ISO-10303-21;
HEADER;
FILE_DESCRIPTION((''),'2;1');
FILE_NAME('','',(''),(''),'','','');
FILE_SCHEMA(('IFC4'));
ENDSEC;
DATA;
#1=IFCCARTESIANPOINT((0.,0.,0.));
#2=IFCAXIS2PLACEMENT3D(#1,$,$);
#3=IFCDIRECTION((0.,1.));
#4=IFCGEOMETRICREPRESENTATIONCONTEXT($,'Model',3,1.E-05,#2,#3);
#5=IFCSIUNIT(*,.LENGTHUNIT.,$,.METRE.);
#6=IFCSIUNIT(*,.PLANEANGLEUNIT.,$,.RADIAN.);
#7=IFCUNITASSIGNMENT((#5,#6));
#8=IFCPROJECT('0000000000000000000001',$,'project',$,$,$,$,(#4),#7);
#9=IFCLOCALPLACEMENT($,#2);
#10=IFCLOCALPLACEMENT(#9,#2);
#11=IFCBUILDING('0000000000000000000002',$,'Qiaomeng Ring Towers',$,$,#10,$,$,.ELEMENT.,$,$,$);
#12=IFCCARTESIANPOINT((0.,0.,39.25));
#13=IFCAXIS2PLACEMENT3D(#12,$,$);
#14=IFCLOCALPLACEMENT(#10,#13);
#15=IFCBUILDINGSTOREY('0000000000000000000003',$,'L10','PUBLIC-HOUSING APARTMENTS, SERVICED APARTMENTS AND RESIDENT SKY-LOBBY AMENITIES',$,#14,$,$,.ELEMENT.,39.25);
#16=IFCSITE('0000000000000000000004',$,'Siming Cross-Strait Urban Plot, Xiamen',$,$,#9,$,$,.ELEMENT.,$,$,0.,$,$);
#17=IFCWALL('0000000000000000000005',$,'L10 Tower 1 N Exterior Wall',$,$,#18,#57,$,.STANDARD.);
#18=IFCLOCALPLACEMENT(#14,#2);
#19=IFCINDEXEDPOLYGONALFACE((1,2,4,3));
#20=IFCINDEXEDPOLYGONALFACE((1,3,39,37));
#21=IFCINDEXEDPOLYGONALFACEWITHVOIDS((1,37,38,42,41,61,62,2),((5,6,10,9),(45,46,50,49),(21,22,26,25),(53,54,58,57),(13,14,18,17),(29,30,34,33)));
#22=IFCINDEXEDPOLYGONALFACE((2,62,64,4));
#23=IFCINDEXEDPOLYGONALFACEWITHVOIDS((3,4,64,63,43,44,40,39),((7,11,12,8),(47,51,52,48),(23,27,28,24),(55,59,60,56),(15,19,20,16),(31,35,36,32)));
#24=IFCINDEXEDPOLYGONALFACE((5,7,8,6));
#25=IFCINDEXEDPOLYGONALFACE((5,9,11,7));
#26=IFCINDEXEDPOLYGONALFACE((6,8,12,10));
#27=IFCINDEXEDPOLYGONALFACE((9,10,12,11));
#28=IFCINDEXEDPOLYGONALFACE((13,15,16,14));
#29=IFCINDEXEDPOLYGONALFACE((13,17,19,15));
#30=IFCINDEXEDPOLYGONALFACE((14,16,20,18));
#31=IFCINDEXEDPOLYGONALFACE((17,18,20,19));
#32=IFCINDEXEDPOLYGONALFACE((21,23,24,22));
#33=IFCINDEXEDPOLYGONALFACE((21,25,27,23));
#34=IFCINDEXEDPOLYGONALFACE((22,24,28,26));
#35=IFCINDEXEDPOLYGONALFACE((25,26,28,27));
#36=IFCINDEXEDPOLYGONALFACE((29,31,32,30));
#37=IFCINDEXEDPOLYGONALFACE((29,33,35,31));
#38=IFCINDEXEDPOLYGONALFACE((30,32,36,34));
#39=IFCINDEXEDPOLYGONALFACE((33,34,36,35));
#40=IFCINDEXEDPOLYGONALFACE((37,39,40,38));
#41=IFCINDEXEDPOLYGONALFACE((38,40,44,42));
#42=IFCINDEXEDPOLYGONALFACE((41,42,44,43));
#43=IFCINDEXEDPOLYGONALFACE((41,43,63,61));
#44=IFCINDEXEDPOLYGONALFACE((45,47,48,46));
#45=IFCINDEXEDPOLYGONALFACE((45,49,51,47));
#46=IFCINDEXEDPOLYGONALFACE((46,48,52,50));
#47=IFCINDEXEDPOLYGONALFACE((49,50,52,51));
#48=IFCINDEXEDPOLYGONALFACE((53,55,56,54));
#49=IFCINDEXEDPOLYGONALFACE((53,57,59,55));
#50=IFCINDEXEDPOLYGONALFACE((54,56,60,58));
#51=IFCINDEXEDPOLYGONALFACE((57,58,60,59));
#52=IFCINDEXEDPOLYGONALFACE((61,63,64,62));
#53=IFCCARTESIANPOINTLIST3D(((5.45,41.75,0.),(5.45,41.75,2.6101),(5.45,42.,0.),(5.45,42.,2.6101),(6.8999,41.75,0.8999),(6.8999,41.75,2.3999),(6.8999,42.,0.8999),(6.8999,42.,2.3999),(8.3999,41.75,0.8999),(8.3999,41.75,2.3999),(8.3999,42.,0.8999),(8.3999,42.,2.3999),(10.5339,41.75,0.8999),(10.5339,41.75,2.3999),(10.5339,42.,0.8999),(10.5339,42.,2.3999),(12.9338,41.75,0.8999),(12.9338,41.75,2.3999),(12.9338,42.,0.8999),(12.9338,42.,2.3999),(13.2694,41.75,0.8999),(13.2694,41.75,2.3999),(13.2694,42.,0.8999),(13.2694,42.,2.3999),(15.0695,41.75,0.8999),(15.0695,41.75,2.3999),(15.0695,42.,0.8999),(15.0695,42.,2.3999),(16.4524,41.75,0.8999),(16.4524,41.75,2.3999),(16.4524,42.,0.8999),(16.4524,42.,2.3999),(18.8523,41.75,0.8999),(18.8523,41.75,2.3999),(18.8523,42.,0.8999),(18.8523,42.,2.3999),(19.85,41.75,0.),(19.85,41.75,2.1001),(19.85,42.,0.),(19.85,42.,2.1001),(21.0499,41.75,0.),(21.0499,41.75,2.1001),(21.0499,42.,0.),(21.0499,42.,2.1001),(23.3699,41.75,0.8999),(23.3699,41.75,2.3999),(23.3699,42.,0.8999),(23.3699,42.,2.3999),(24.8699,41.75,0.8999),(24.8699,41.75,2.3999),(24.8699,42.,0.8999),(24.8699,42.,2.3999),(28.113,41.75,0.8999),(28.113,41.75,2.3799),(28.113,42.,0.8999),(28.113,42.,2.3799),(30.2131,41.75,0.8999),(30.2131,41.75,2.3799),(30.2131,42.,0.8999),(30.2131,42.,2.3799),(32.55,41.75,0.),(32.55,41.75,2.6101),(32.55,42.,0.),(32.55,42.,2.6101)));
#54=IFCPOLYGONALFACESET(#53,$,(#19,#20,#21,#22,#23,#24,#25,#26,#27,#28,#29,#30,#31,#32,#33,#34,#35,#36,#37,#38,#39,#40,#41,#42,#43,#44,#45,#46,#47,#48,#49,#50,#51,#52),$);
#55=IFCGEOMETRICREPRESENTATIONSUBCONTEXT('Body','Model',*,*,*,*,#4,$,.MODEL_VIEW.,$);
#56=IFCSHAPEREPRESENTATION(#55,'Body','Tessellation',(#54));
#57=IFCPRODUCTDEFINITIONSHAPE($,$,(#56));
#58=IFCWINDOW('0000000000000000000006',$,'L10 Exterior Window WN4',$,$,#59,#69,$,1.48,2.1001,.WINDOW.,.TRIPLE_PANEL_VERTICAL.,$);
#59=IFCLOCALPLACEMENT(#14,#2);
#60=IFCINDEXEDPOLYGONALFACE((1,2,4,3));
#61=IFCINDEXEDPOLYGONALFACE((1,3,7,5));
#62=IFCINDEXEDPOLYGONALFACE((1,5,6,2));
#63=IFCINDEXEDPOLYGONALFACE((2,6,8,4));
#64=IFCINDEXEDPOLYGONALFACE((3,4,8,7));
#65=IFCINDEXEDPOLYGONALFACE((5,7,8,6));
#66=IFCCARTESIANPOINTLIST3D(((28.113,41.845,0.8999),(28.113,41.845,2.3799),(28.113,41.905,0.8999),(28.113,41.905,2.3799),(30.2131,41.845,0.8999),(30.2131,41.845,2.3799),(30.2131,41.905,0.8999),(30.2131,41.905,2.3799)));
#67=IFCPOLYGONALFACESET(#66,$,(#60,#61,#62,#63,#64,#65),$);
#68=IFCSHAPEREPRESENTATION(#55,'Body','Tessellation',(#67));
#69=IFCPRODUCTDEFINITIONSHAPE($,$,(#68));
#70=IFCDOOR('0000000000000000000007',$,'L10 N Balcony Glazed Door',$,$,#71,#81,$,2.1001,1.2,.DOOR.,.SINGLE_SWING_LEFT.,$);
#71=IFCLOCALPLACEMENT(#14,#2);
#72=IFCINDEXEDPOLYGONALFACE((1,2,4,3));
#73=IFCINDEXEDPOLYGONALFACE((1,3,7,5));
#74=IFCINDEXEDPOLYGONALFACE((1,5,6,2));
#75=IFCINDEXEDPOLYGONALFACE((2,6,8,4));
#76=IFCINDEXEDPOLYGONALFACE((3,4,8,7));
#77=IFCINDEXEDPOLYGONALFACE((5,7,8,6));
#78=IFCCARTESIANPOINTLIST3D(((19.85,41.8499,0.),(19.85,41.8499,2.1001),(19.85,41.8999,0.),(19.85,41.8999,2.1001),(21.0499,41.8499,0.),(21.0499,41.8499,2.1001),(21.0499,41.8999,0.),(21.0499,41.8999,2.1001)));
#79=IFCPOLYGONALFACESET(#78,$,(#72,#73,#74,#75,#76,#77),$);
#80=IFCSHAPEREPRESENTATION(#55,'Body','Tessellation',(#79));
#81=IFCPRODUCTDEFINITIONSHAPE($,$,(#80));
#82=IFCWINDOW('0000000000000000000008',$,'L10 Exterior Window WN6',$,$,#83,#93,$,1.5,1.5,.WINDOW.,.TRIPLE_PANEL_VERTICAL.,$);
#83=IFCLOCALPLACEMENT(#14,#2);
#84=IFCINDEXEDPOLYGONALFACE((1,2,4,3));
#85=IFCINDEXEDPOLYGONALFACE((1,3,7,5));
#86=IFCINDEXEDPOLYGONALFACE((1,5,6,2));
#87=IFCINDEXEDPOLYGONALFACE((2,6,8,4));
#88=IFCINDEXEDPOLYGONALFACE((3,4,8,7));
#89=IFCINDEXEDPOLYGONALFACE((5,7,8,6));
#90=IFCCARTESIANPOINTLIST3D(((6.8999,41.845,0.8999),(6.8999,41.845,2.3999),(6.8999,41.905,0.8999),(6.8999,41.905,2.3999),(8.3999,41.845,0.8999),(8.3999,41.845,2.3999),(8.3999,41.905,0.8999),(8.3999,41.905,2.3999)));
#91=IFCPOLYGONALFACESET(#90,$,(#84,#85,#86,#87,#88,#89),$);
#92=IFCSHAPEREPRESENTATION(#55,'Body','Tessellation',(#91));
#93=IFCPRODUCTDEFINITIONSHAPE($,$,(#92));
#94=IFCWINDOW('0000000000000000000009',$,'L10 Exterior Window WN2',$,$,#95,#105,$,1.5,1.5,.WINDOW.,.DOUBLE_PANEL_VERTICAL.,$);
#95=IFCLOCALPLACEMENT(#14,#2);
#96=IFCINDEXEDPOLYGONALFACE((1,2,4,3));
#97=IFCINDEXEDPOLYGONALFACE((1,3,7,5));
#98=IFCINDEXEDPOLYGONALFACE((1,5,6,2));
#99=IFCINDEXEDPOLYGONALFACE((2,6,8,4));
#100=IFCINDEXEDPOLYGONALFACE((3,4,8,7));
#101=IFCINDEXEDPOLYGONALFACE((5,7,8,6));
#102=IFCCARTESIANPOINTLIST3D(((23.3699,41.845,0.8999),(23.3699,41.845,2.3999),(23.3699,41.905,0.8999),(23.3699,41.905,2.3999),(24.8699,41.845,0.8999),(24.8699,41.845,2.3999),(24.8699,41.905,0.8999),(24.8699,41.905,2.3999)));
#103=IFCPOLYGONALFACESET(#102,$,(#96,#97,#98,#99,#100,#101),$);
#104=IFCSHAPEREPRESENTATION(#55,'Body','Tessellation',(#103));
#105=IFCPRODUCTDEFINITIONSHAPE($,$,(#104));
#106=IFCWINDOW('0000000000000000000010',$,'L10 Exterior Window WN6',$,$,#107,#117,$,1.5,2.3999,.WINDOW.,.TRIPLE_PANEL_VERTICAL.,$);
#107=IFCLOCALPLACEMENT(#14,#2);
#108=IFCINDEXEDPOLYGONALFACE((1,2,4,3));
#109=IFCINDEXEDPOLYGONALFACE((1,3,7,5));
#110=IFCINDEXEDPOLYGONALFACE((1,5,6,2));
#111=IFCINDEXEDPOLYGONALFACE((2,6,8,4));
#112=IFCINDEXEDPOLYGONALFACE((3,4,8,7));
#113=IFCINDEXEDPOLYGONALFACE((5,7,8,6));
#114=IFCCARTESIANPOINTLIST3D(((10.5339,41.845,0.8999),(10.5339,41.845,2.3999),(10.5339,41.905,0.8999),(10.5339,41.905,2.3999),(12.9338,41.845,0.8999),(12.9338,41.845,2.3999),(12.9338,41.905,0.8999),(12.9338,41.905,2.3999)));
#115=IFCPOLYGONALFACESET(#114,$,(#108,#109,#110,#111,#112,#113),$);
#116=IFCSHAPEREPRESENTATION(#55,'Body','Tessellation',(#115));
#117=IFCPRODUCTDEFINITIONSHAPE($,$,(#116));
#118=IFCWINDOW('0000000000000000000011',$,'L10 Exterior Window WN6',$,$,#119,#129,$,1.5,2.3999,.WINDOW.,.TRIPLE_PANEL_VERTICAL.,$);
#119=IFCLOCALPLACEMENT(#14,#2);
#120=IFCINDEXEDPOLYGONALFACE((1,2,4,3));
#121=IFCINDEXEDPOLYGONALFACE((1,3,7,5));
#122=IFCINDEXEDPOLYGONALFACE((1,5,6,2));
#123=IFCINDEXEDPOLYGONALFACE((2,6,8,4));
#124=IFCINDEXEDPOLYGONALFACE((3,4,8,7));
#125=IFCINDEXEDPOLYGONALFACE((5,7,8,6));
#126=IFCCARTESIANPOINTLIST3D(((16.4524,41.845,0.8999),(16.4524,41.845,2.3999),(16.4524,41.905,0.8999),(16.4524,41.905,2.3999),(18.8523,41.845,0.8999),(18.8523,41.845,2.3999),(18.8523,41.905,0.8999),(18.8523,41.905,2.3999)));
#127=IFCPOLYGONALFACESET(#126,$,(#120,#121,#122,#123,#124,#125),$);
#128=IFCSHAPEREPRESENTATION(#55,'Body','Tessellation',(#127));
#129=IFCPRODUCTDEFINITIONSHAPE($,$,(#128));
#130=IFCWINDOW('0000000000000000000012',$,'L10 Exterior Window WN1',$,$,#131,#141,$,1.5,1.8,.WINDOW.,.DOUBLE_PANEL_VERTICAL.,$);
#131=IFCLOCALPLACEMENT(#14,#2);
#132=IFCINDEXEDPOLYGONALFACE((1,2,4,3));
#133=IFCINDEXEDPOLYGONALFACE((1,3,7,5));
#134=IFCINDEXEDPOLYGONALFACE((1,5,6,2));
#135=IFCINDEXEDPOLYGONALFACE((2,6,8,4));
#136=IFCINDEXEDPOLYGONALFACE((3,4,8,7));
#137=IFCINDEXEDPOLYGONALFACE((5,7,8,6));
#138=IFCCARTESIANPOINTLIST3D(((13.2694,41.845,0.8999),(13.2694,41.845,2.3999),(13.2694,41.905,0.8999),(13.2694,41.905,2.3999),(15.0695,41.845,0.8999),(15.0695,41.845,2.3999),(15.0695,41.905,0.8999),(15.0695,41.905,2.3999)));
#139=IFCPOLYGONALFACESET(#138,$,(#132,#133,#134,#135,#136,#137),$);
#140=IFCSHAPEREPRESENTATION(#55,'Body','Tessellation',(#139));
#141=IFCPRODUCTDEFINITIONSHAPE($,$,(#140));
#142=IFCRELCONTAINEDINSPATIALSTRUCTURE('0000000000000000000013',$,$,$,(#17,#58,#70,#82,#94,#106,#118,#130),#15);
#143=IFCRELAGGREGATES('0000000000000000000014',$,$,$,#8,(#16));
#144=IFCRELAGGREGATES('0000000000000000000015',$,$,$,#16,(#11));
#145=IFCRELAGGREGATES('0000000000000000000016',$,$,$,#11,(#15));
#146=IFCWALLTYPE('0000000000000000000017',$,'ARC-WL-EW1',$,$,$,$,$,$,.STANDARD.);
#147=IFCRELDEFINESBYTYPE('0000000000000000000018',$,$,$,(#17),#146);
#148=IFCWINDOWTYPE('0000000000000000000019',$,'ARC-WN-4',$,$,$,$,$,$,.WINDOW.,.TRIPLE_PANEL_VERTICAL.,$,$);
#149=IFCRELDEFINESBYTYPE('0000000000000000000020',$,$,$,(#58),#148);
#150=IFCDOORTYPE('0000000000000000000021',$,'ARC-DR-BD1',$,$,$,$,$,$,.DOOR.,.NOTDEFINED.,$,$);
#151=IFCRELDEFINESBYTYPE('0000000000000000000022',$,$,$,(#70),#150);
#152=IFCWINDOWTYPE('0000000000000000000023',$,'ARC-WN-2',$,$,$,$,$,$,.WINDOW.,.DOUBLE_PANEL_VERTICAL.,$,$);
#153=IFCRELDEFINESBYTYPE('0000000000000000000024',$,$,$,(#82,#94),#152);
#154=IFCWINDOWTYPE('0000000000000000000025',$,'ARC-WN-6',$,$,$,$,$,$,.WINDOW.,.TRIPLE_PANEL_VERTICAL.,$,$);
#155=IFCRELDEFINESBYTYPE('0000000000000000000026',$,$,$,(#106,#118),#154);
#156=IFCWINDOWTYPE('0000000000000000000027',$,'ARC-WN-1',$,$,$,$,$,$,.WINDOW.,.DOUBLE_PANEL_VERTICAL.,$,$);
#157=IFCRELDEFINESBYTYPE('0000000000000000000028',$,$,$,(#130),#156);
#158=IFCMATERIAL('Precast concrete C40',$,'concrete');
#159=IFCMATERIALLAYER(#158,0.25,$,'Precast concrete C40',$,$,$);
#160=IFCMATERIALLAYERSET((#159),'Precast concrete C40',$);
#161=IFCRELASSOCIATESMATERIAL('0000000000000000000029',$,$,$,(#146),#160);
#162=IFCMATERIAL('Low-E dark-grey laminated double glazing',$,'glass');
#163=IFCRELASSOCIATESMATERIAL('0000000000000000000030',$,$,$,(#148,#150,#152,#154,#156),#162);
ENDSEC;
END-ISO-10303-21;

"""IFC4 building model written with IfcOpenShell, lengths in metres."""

from ifc_helpers import new_model, si_unit, direction, frame, frame_2d, origin, place, context, subcontext, project, spatial, rectangle, extrude, source, transform, mapped, material, layer, layer_set, type_object, element, fill, save


model = new_model("IFC4")

# Units and contexts
model_context = context("Model", 3, precision=1e-05, world=origin(), true_north=direction((0.0, 1.0)))
body_context = subcontext(model_context, "Body", "Model", "MODEL_VIEW")
ifc_project = project(units=[si_unit("LENGTHUNIT", "METRE"), si_unit("PLANEANGLEUNIT", "RADIAN")], contexts=[model_context])

# Site, building, storey
site_placement = place(None, origin())
site = spatial("IfcSite", under=ifc_project, at=site_placement, Name="Siming Cross-Strait Urban Plot, Xiamen", CompositionType="ELEMENT", RefElevation=0.0)
building_placement = place(site_placement, origin())
building = spatial("IfcBuilding", under=site, at=building_placement, Name="Qiaomeng Ring Towers", CompositionType="ELEMENT")
storey_placement = place(building_placement, frame((0.0, 0.0, 39.25)))
storey = spatial("IfcBuildingStorey", under=building, at=storey_placement, Name="L10", Description="PUBLIC-HOUSING APARTMENTS, SERVICED APARTMENTS AND RESIDENT SKY-LOBBY AMENITIES", CompositionType="ELEMENT", Elevation=39.25)

# Shared definitions
ifc_material_1 = material(Name="Low-E dark-grey laminated double glazing", Category="glass")

# Wall, openings, windows, door
ifc_material_2 = material(Name="Precast concrete C40", Category="concrete")
ifc_layer_1 = layer(ifc_material_2, 0.25, Name="Precast concrete C40")
ifc_layer_set_1 = layer_set([ifc_layer_1], Name="Precast concrete C40")
wall_type_1 = type_object("IfcWallType", Name="ARC-WL-EW1", PredefinedType="STANDARD", material=ifc_layer_set_1)
wall_1_placement = place(storey_placement, frame((5.45, 41.875, 0.0), z_axis=(0.0, 0.0, 1.0), x_axis=(1.0, 0.0, 0.0)))
wall_1 = element("IfcWall", 1, at=wall_1_placement, inside=storey, type_object=wall_type_1, Name="L10 Tower 1 N Exterior Wall", PredefinedType="STANDARD", context=body_context, shape_type="SweptSolid", body=[
    extrude(rectangle(XDim=27.1001, YDim=0.25, at=frame_2d((13.55, 0.0))), origin(), (0.0, 0.0, 1.0), 2.6101),
])
opening_1_placement = place(wall_1_placement, frame((14.3999, 0.0, 0.0)))
opening_1 = element("IfcOpeningElement", 2, at=opening_1_placement, cuts=wall_1, PredefinedType="OPENING", context=body_context, shape_type="SweptSolid", body=[
    extrude(rectangle(XDim=1.2, YDim=2.1001, at=frame_2d((0.6001, 1.05))), frame((0.0, 0.135, 0.0), z_axis=(0.0, -1.0, 0.0), x_axis=(1.0, 0.0, 0.0)), (0.0, 0.0, 1.0), 0.27),
])
opening_2_placement = place(wall_1_placement, frame((1.45, 0.0, 0.8999)))
opening_2 = element("IfcOpeningElement", 3, at=opening_2_placement, cuts=wall_1, PredefinedType="OPENING", context=body_context, shape_type="SweptSolid", body=[
    extrude(rectangle(XDim=1.5, YDim=1.5, at=frame_2d((0.75, 0.75))), frame((0.0, 0.135, 0.0), z_axis=(0.0, -1.0, 0.0), x_axis=(1.0, 0.0, 0.0)), (0.0, 0.0, 1.0), 0.27),
])
opening_3_placement = place(wall_1_placement, frame((7.8196, 0.0, 0.8999)))
opening_3 = element("IfcOpeningElement", 4, at=opening_3_placement, cuts=wall_1, PredefinedType="OPENING", context=body_context, shape_type="SweptSolid", body=[
    extrude(rectangle(XDim=1.8, YDim=1.5, at=frame_2d((0.8999, 0.75))), frame((0.0, 0.135, 0.0), z_axis=(0.0, -1.0, 0.0), x_axis=(1.0, 0.0, 0.0)), (0.0, 0.0, 1.0), 0.27),
])
opening_4_placement = place(wall_1_placement, frame((17.9199, 0.0, 0.8999)))
opening_4 = element("IfcOpeningElement", 5, at=opening_4_placement, cuts=wall_1, PredefinedType="OPENING", context=body_context, shape_type="SweptSolid", body=[
    extrude(rectangle(XDim=1.5, YDim=1.5, at=frame_2d((0.75, 0.75))), frame((0.0, 0.135, 0.0), z_axis=(0.0, -1.0, 0.0), x_axis=(1.0, 0.0, 0.0)), (0.0, 0.0, 1.0), 0.27),
])
opening_5_placement = place(wall_1_placement, frame((22.6631, 0.0, 0.8999)))
opening_5 = element("IfcOpeningElement", 6, at=opening_5_placement, cuts=wall_1, PredefinedType="OPENING", context=body_context, shape_type="SweptSolid", body=[
    extrude(rectangle(XDim=2.1001, YDim=1.48, at=frame_2d((1.05, 0.74))), frame((0.0, 0.135, 0.0), z_axis=(0.0, -1.0, 0.0), x_axis=(1.0, 0.0, 0.0)), (0.0, 0.0, 1.0), 0.27),
])
opening_6_placement = place(wall_1_placement, frame((5.084, 0.0, 0.8999)))
opening_6 = element("IfcOpeningElement", 7, at=opening_6_placement, cuts=wall_1, PredefinedType="OPENING", context=body_context, shape_type="SweptSolid", body=[
    extrude(rectangle(XDim=2.3999, YDim=1.5, at=frame_2d((1.2, 0.75))), frame((0.0, 0.135, 0.0), z_axis=(0.0, -1.0, 0.0), x_axis=(1.0, 0.0, 0.0)), (0.0, 0.0, 1.0), 0.27),
])
opening_7_placement = place(wall_1_placement, frame((11.0024, 0.0, 0.8999)))
opening_7 = element("IfcOpeningElement", 8, at=opening_7_placement, cuts=wall_1, PredefinedType="OPENING", context=body_context, shape_type="SweptSolid", body=[
    extrude(rectangle(XDim=2.3999, YDim=1.5, at=frame_2d((1.2, 0.75))), frame((0.0, 0.135, 0.0), z_axis=(0.0, -1.0, 0.0), x_axis=(1.0, 0.0, 0.0)), (0.0, 0.0, 1.0), 0.27),
])
window_type_1 = type_object("IfcWindowType", Name="ARC-WN-4", PartitioningType="TRIPLE_PANEL_VERTICAL", PredefinedType="WINDOW", material=ifc_material_1)
shared_shape_1 = source(origin(), body_context, "Body", "SweptSolid", [
    extrude(rectangle(XDim=2.1001, YDim=1.48, at=frame_2d((1.05, 0.74))), frame((0.0, 0.03, 0.0), z_axis=(0.0, -1.0, 0.0), x_axis=(1.0, 0.0, 0.0)), (0.0, 0.0, 1.0), 0.0601),
])
window_1_placement = place(opening_5_placement, origin())
window_1 = element("IfcWindow", 9, at=window_1_placement, inside=storey, type_object=window_type_1, Name="L10 Exterior Window WN4", OverallHeight=1.48, OverallWidth=2.1001, PartitioningType="TRIPLE_PANEL_VERTICAL", PredefinedType="WINDOW", context=body_context, shape_type="MappedRepresentation", body=[
    mapped(shared_shape_1, transform((0.0, 0.0, 0.0), x_axis=(1.0, 0.0, 0.0), y_axis=(0.0, 1.0, 0.0), z_axis=(0.0, 0.0, 1.0), scale=1.0)),
])
fill(opening_5, window_1)
door_type_1 = type_object("IfcDoorType", Name="ARC-DR-BD1", OperationType="NOTDEFINED", PredefinedType="DOOR", material=ifc_material_1)
shared_shape_2 = source(origin(), body_context, "Body", "SweptSolid", [
    extrude(rectangle(XDim=1.2, YDim=2.1001, at=frame_2d((0.6001, 1.05))), frame((0.0, 0.0249, 0.0), z_axis=(0.0, -1.0, 0.0), x_axis=(1.0, 0.0, 0.0)), (0.0, 0.0, 1.0), 0.05),
])
door_1_placement = place(opening_1_placement, origin())
door_1 = element("IfcDoor", 10, at=door_1_placement, inside=storey, type_object=door_type_1, Name="L10 N Balcony Glazed Door", OperationType="SINGLE_SWING_LEFT", OverallHeight=2.1001, OverallWidth=1.2, PredefinedType="DOOR", context=body_context, shape_type="MappedRepresentation", body=[
    mapped(shared_shape_2, transform((0.0, 0.0, 0.0), x_axis=(1.0, 0.0, 0.0), y_axis=(0.0, 1.0, 0.0), z_axis=(0.0, 0.0, 1.0), scale=1.0)),
])
fill(opening_1, door_1)
window_type_2 = type_object("IfcWindowType", Name="ARC-WN-2", PartitioningType="DOUBLE_PANEL_VERTICAL", PredefinedType="WINDOW", material=ifc_material_1)
shared_shape_3 = source(origin(), body_context, "Body", "SweptSolid", [
    extrude(rectangle(XDim=1.5, YDim=1.5, at=frame_2d((0.75, 0.75))), frame((0.0, 0.03, 0.0), z_axis=(0.0, -1.0, 0.0), x_axis=(1.0, 0.0, 0.0)), (0.0, 0.0, 1.0), 0.0601),
])
window_2_placement = place(opening_2_placement, origin())
window_2 = element("IfcWindow", 11, at=window_2_placement, inside=storey, type_object=window_type_2, Name="L10 Exterior Window WN6", OverallHeight=1.5, OverallWidth=1.5, PartitioningType="TRIPLE_PANEL_VERTICAL", PredefinedType="WINDOW", context=body_context, shape_type="MappedRepresentation", body=[
    mapped(shared_shape_3, transform((0.0, 0.0, 0.0), x_axis=(1.0, 0.0, 0.0), y_axis=(0.0, 1.0, 0.0), z_axis=(0.0, 0.0, 1.0), scale=1.0)),
])
fill(opening_2, window_2)
window_3_placement = place(opening_4_placement, origin())
window_3 = element("IfcWindow", 12, at=window_3_placement, inside=storey, type_object=window_type_2, Name="L10 Exterior Window WN2", OverallHeight=1.5, OverallWidth=1.5, PartitioningType="DOUBLE_PANEL_VERTICAL", PredefinedType="WINDOW", context=body_context, shape_type="MappedRepresentation", body=[
    mapped(shared_shape_3, transform((0.0, 0.0, 0.0), x_axis=(1.0, 0.0, 0.0), y_axis=(0.0, 1.0, 0.0), z_axis=(0.0, 0.0, 1.0), scale=1.0)),
])
fill(opening_4, window_3)
window_type_3 = type_object("IfcWindowType", Name="ARC-WN-6", PartitioningType="TRIPLE_PANEL_VERTICAL", PredefinedType="WINDOW", material=ifc_material_1)
shared_shape_4 = source(origin(), body_context, "Body", "SweptSolid", [
    extrude(rectangle(XDim=2.3999, YDim=1.5, at=frame_2d((1.2, 0.75))), frame((0.0, 0.03, 0.0), z_axis=(0.0, -1.0, 0.0), x_axis=(1.0, 0.0, 0.0)), (0.0, 0.0, 1.0), 0.0601),
])
window_4_placement = place(opening_6_placement, origin())
window_4 = element("IfcWindow", 13, at=window_4_placement, inside=storey, type_object=window_type_3, Name="L10 Exterior Window WN6", OverallHeight=1.5, OverallWidth=2.3999, PartitioningType="TRIPLE_PANEL_VERTICAL", PredefinedType="WINDOW", context=body_context, shape_type="MappedRepresentation", body=[
    mapped(shared_shape_4, transform((0.0, 0.0, 0.0), x_axis=(1.0, 0.0, 0.0), y_axis=(0.0, 1.0, 0.0), z_axis=(0.0, 0.0, 1.0), scale=1.0)),
])
fill(opening_6, window_4)
window_5_placement = place(opening_7_placement, origin())
window_5 = element("IfcWindow", 14, at=window_5_placement, inside=storey, type_object=window_type_3, Name="L10 Exterior Window WN6", OverallHeight=1.5, OverallWidth=2.3999, PartitioningType="TRIPLE_PANEL_VERTICAL", PredefinedType="WINDOW", context=body_context, shape_type="MappedRepresentation", body=[
    mapped(shared_shape_4, transform((0.0, 0.0, 0.0), x_axis=(1.0, 0.0, 0.0), y_axis=(0.0, 1.0, 0.0), z_axis=(0.0, 0.0, 1.0), scale=1.0)),
])
fill(opening_7, window_5)
window_type_4 = type_object("IfcWindowType", Name="ARC-WN-1", PartitioningType="DOUBLE_PANEL_VERTICAL", PredefinedType="WINDOW", material=ifc_material_1)
shared_shape_5 = source(origin(), body_context, "Body", "SweptSolid", [
    extrude(rectangle(XDim=1.8, YDim=1.5, at=frame_2d((0.8999, 0.75))), frame((0.0, 0.03, 0.0), z_axis=(0.0, -1.0, 0.0), x_axis=(1.0, 0.0, 0.0)), (0.0, 0.0, 1.0), 0.0601),
])
window_6_placement = place(opening_3_placement, origin())
window_6 = element("IfcWindow", 15, at=window_6_placement, inside=storey, type_object=window_type_4, Name="L10 Exterior Window WN1", OverallHeight=1.5, OverallWidth=1.8, PartitioningType="DOUBLE_PANEL_VERTICAL", PredefinedType="WINDOW", context=body_context, shape_type="MappedRepresentation", body=[
    mapped(shared_shape_5, transform((0.0, 0.0, 0.0), x_axis=(1.0, 0.0, 0.0), y_axis=(0.0, 1.0, 0.0), z_axis=(0.0, 0.0, 1.0), scale=1.0)),
])
fill(opening_3, window_6)

save(model, "model.ifc")
